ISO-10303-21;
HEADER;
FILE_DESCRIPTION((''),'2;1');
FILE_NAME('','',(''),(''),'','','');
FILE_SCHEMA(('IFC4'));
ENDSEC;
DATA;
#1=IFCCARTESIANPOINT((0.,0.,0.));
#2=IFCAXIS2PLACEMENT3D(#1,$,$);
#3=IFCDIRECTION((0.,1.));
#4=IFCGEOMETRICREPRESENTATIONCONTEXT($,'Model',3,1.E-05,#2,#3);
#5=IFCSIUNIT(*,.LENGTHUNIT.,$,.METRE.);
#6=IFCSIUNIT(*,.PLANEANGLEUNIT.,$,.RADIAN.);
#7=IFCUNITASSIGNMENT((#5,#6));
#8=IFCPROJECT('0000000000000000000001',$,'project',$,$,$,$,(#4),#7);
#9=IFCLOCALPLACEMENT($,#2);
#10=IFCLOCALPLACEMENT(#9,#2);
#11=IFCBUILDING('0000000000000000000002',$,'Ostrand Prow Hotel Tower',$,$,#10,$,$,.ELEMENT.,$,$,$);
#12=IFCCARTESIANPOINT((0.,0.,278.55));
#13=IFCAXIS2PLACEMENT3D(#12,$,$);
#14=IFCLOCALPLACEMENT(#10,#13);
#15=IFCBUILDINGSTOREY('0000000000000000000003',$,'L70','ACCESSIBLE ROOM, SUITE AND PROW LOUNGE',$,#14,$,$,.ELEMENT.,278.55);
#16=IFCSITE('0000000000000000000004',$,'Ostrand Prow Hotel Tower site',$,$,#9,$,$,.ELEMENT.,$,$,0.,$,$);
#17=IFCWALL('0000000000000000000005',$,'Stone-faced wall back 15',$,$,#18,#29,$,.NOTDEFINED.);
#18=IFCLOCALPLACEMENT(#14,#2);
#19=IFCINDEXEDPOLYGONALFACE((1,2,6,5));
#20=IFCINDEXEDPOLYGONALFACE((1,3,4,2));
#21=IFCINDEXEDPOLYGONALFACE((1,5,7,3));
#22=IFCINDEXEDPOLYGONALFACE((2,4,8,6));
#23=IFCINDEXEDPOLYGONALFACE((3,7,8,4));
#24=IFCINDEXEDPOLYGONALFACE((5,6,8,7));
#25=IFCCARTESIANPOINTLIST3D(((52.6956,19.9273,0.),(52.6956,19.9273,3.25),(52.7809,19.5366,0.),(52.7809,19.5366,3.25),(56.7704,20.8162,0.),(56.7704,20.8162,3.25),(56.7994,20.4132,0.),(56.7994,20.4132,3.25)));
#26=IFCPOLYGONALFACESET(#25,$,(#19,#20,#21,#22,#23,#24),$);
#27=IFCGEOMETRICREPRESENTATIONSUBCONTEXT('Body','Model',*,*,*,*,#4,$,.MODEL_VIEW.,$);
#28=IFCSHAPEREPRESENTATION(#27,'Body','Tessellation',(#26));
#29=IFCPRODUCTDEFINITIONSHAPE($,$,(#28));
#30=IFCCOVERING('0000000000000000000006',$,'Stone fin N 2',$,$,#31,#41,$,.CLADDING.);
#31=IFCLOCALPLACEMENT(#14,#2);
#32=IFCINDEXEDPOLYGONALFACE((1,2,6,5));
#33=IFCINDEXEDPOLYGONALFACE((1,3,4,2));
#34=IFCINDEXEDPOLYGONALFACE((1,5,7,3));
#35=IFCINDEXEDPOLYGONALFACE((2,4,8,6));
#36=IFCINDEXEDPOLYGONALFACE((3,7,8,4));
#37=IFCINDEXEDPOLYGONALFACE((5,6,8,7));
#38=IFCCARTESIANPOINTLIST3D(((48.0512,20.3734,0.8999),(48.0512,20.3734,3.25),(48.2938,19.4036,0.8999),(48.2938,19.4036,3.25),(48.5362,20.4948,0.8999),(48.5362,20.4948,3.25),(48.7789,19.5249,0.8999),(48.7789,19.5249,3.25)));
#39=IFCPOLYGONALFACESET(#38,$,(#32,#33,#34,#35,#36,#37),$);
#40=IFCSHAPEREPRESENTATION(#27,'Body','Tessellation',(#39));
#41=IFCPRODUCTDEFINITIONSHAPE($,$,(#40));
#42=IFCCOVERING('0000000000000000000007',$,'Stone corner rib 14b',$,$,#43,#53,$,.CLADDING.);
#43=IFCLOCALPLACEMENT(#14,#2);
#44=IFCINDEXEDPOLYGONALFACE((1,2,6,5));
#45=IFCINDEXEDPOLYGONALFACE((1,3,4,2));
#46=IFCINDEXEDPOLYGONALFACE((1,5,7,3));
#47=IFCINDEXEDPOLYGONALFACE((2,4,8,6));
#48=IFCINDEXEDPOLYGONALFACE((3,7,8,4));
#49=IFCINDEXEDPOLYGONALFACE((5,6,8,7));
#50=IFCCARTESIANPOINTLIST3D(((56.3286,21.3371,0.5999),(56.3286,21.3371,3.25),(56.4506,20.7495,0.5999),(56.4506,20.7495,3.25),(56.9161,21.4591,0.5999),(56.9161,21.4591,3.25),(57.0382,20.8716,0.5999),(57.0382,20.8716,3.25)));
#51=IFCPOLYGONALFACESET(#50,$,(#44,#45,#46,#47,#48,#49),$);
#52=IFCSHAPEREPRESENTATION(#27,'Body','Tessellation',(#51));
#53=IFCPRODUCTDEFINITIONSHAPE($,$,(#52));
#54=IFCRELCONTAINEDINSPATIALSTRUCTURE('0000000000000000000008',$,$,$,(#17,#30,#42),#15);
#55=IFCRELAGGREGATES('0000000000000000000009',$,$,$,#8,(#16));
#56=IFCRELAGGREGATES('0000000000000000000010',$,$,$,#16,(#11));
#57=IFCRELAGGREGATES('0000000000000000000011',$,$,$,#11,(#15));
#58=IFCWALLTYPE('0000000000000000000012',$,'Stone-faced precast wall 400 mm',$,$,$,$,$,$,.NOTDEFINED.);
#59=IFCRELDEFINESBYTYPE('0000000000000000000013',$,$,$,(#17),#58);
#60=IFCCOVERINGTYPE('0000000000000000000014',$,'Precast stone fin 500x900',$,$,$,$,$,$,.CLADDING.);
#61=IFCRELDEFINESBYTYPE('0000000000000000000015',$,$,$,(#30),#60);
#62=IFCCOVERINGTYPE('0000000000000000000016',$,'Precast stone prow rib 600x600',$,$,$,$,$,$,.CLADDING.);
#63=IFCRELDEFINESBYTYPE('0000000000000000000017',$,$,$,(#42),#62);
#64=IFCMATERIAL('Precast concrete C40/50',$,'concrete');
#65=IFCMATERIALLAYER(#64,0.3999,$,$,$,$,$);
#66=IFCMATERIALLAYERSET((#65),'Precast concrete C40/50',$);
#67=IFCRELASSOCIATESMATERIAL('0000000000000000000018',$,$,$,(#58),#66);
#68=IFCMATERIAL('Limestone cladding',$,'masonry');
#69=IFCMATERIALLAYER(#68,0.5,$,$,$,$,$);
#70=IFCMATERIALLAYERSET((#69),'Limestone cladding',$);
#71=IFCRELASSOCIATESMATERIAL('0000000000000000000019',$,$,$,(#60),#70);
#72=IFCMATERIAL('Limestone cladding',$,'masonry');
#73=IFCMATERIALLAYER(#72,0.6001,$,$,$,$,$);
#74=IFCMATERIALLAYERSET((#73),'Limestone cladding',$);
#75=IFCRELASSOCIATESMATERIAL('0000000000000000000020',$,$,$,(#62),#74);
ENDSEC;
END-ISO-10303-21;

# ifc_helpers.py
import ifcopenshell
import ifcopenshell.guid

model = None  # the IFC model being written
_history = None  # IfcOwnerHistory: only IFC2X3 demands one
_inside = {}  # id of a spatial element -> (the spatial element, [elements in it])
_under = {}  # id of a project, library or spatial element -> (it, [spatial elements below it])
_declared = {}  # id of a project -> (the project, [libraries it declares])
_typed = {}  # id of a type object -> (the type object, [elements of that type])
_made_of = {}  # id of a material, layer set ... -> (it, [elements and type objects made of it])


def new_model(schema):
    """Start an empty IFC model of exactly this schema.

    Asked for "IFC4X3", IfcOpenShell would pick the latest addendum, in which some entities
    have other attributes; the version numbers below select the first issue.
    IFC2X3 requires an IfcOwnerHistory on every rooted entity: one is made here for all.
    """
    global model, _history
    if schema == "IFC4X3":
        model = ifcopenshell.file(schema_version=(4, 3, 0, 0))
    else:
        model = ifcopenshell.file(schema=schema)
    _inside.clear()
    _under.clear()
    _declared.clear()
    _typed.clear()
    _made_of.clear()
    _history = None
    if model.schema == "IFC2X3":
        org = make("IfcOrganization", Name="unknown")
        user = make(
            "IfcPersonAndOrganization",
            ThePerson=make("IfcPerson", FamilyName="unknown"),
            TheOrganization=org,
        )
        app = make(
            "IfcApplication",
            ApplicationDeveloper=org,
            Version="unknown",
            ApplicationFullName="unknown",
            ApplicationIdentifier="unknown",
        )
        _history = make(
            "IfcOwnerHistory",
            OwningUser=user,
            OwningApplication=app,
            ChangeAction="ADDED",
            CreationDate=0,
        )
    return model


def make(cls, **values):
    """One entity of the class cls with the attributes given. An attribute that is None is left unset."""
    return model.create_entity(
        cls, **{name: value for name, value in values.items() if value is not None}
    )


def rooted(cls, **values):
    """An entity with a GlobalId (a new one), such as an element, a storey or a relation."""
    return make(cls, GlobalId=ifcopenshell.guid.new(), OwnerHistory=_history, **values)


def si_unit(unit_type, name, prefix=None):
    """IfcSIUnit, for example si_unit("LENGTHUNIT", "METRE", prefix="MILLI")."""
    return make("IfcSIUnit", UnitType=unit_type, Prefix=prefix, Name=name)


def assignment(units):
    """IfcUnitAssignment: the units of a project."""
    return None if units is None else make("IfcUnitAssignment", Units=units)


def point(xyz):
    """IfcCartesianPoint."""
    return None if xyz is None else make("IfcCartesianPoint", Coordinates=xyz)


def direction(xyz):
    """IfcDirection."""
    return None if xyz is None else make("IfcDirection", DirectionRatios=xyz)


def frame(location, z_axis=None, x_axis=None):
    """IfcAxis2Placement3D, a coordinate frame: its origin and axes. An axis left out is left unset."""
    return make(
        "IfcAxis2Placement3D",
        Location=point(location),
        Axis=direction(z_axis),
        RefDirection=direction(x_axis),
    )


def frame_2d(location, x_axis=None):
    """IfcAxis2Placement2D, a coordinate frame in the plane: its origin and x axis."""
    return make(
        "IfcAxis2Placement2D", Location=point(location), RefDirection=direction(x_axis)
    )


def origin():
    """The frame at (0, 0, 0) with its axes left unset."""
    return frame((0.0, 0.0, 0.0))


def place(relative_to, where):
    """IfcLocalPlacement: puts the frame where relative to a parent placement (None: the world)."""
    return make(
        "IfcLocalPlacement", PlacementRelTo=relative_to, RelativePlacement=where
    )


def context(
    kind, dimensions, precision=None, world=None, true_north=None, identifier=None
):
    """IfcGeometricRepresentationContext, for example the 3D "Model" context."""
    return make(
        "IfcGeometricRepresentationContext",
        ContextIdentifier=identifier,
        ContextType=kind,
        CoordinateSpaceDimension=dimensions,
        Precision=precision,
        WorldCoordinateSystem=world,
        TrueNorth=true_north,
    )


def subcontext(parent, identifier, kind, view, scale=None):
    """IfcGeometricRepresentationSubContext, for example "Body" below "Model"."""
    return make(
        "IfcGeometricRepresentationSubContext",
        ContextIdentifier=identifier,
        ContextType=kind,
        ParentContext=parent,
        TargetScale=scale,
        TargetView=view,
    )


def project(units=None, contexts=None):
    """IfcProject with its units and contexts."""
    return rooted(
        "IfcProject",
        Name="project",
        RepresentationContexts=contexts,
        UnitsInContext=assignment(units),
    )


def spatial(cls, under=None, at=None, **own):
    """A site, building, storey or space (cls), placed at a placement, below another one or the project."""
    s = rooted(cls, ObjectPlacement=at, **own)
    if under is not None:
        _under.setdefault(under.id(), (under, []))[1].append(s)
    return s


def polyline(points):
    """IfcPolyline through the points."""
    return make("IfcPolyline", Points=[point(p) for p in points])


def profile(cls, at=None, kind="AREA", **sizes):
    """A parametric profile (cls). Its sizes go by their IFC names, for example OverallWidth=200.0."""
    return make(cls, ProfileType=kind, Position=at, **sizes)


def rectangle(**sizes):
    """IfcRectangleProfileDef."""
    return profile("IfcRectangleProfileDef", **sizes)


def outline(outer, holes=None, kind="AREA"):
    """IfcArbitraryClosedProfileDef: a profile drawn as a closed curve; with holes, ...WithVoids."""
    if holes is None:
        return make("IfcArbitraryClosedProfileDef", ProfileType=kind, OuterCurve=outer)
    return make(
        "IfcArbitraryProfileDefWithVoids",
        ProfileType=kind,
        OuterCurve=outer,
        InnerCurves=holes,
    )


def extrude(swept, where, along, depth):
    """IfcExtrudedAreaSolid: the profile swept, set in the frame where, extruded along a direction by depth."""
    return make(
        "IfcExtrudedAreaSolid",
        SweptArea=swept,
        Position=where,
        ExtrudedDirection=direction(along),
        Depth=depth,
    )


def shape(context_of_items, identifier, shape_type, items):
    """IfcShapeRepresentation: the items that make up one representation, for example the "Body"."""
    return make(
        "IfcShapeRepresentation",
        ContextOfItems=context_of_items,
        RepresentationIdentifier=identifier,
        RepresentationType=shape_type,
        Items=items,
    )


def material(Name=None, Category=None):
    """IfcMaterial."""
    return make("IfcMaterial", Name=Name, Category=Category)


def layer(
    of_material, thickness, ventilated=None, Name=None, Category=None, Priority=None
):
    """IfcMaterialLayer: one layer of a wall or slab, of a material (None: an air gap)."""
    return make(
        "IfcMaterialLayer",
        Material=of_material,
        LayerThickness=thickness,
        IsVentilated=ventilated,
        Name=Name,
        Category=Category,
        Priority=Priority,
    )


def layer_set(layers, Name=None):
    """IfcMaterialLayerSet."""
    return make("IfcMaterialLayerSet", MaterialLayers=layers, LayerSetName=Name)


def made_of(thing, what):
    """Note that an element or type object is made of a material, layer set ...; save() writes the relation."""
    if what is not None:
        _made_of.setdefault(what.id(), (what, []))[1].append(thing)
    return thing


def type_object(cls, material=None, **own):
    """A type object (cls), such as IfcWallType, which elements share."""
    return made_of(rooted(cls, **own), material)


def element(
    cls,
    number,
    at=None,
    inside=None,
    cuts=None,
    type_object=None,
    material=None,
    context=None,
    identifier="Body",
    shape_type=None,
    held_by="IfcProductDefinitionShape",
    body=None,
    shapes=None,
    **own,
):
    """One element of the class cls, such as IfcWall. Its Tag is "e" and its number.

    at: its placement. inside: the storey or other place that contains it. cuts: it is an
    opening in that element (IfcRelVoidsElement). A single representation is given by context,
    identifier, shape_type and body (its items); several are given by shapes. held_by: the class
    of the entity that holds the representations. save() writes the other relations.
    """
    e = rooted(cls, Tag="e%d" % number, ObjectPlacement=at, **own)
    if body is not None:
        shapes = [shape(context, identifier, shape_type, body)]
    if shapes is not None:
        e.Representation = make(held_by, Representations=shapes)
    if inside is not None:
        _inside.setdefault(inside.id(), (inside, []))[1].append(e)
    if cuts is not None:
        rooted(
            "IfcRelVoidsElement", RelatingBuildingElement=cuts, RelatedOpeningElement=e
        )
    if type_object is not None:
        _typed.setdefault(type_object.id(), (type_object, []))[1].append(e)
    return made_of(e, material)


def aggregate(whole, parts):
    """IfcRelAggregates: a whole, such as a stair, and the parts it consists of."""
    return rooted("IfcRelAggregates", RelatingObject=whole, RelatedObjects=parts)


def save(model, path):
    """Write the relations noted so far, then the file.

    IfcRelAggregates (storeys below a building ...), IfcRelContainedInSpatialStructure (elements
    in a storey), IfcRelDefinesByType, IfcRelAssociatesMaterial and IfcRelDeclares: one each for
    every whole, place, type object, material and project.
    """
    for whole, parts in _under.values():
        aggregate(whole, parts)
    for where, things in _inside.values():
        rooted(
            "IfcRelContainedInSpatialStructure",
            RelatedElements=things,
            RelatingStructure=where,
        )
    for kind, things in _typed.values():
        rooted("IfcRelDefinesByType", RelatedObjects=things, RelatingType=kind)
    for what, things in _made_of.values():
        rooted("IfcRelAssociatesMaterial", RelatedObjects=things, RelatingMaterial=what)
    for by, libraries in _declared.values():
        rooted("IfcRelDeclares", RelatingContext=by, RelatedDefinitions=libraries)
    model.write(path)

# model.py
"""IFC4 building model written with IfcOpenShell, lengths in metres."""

from ifc_helpers import new_model, si_unit, direction, frame, frame_2d, origin, place, context, subcontext, project, spatial, polyline, rectangle, outline, extrude, material, layer, layer_set, type_object, element, save


model = new_model("IFC4")

# Units and contexts
model_context = context("Model", 3, precision=1e-05, world=origin(), true_north=direction((0.0, 1.0)))
body_context = subcontext(model_context, "Body", "Model", "MODEL_VIEW")
ifc_project = project(units=[si_unit("LENGTHUNIT", "METRE"), si_unit("PLANEANGLEUNIT", "RADIAN")], contexts=[model_context])

# Site, building, storey
site_placement = place(None, origin())
site = spatial("IfcSite", under=ifc_project, at=site_placement, Name="Ostrand Prow Hotel Tower site", CompositionType="ELEMENT", RefElevation=0.0)
building_placement = place(site_placement, origin())
building = spatial("IfcBuilding", under=site, at=building_placement, Name="Ostrand Prow Hotel Tower", CompositionType="ELEMENT")
storey_placement = place(building_placement, frame((0.0, 0.0, 278.55)))
storey = spatial("IfcBuildingStorey", under=building, at=storey_placement, Name="L70", Description="ACCESSIBLE ROOM, SUITE AND PROW LOUNGE", CompositionType="ELEMENT", Elevation=278.55)

# Wall
ifc_material_1 = material(Name="Precast concrete C40/50", Category="concrete")
ifc_layer_1 = layer(ifc_material_1, 0.3999)
ifc_layer_set_1 = layer_set([ifc_layer_1], Name="Precast concrete C40/50")
wall_type_1 = type_object("IfcWallType", Name="Stone-faced precast wall 400 mm", PredefinedType="NOTDEFINED", material=ifc_layer_set_1)
wall_1_placement = place(storey_placement, frame((56.7849, 20.6147, 0.0), z_axis=(0.0, 0.0, 1.0), x_axis=(-0.97702, -0.213147, 0.0)))
element("IfcWall", 1, at=wall_1_placement, inside=storey, type_object=wall_type_1, Name="Stone-faced wall back 15", PredefinedType="NOTDEFINED", context=body_context, shape_type="SweptSolid", body=[
    extrude(outline(polyline([(-0.0288, -0.2), (4.1418, -0.2), (4.1418, 0.2), (0.0288, 0.2), (-0.0288, -0.2)])), origin(), (0.0, 0.0, 1.0), 3.25),
])

# Coverings
ifc_material_2 = material(Name="Limestone cladding", Category="masonry")
ifc_layer_2 = layer(ifc_material_2, 0.5)
ifc_layer_set_2 = layer_set([ifc_layer_2], Name="Limestone cladding")
covering_type_1 = type_object("IfcCoveringType", Name="Precast stone fin 500x900", PredefinedType="CLADDING", material=ifc_layer_set_2)
covering_1_placement = place(storey_placement, frame((48.5364, 19.4641, 0.8999), z_axis=(0.0, 0.0, 1.0), x_axis=(-0.242708, 0.970099, 0.0)))
element("IfcCovering", 2, at=covering_1_placement, inside=storey, type_object=covering_type_1, Name="Stone fin N 2", PredefinedType="CLADDING", context=body_context, shape_type="SweptSolid", body=[
    extrude(rectangle(XDim=0.9998, YDim=0.5, at=frame_2d((0.5, 0.0))), origin(), (0.0, 0.0, 1.0), 2.3501),
])
ifc_material_3 = material(Name="Limestone cladding", Category="masonry")
ifc_layer_3 = layer(ifc_material_3, 0.6001)
ifc_layer_set_3 = layer_set([ifc_layer_3], Name="Limestone cladding")
covering_type_2 = type_object("IfcCoveringType", Name="Precast stone prow rib 600x600", PredefinedType="CLADDING", material=ifc_layer_set_3)
covering_2_placement = place(storey_placement, frame((56.7444, 20.8105, 0.5999), z_axis=(0.0, 0.0, 1.0), x_axis=(-0.203386, 0.979099, 0.0)))
element("IfcCovering", 3, at=covering_2_placement, inside=storey, type_object=covering_type_2, Name="Stone corner rib 14b", PredefinedType="CLADDING", context=body_context, shape_type="SweptSolid", body=[
    extrude(rectangle(XDim=0.6001, YDim=0.6001, at=frame_2d((0.3, 0.0))), origin(), (0.0, 0.0, 1.0), 2.6501),
])

save(model, "model.ifc")
